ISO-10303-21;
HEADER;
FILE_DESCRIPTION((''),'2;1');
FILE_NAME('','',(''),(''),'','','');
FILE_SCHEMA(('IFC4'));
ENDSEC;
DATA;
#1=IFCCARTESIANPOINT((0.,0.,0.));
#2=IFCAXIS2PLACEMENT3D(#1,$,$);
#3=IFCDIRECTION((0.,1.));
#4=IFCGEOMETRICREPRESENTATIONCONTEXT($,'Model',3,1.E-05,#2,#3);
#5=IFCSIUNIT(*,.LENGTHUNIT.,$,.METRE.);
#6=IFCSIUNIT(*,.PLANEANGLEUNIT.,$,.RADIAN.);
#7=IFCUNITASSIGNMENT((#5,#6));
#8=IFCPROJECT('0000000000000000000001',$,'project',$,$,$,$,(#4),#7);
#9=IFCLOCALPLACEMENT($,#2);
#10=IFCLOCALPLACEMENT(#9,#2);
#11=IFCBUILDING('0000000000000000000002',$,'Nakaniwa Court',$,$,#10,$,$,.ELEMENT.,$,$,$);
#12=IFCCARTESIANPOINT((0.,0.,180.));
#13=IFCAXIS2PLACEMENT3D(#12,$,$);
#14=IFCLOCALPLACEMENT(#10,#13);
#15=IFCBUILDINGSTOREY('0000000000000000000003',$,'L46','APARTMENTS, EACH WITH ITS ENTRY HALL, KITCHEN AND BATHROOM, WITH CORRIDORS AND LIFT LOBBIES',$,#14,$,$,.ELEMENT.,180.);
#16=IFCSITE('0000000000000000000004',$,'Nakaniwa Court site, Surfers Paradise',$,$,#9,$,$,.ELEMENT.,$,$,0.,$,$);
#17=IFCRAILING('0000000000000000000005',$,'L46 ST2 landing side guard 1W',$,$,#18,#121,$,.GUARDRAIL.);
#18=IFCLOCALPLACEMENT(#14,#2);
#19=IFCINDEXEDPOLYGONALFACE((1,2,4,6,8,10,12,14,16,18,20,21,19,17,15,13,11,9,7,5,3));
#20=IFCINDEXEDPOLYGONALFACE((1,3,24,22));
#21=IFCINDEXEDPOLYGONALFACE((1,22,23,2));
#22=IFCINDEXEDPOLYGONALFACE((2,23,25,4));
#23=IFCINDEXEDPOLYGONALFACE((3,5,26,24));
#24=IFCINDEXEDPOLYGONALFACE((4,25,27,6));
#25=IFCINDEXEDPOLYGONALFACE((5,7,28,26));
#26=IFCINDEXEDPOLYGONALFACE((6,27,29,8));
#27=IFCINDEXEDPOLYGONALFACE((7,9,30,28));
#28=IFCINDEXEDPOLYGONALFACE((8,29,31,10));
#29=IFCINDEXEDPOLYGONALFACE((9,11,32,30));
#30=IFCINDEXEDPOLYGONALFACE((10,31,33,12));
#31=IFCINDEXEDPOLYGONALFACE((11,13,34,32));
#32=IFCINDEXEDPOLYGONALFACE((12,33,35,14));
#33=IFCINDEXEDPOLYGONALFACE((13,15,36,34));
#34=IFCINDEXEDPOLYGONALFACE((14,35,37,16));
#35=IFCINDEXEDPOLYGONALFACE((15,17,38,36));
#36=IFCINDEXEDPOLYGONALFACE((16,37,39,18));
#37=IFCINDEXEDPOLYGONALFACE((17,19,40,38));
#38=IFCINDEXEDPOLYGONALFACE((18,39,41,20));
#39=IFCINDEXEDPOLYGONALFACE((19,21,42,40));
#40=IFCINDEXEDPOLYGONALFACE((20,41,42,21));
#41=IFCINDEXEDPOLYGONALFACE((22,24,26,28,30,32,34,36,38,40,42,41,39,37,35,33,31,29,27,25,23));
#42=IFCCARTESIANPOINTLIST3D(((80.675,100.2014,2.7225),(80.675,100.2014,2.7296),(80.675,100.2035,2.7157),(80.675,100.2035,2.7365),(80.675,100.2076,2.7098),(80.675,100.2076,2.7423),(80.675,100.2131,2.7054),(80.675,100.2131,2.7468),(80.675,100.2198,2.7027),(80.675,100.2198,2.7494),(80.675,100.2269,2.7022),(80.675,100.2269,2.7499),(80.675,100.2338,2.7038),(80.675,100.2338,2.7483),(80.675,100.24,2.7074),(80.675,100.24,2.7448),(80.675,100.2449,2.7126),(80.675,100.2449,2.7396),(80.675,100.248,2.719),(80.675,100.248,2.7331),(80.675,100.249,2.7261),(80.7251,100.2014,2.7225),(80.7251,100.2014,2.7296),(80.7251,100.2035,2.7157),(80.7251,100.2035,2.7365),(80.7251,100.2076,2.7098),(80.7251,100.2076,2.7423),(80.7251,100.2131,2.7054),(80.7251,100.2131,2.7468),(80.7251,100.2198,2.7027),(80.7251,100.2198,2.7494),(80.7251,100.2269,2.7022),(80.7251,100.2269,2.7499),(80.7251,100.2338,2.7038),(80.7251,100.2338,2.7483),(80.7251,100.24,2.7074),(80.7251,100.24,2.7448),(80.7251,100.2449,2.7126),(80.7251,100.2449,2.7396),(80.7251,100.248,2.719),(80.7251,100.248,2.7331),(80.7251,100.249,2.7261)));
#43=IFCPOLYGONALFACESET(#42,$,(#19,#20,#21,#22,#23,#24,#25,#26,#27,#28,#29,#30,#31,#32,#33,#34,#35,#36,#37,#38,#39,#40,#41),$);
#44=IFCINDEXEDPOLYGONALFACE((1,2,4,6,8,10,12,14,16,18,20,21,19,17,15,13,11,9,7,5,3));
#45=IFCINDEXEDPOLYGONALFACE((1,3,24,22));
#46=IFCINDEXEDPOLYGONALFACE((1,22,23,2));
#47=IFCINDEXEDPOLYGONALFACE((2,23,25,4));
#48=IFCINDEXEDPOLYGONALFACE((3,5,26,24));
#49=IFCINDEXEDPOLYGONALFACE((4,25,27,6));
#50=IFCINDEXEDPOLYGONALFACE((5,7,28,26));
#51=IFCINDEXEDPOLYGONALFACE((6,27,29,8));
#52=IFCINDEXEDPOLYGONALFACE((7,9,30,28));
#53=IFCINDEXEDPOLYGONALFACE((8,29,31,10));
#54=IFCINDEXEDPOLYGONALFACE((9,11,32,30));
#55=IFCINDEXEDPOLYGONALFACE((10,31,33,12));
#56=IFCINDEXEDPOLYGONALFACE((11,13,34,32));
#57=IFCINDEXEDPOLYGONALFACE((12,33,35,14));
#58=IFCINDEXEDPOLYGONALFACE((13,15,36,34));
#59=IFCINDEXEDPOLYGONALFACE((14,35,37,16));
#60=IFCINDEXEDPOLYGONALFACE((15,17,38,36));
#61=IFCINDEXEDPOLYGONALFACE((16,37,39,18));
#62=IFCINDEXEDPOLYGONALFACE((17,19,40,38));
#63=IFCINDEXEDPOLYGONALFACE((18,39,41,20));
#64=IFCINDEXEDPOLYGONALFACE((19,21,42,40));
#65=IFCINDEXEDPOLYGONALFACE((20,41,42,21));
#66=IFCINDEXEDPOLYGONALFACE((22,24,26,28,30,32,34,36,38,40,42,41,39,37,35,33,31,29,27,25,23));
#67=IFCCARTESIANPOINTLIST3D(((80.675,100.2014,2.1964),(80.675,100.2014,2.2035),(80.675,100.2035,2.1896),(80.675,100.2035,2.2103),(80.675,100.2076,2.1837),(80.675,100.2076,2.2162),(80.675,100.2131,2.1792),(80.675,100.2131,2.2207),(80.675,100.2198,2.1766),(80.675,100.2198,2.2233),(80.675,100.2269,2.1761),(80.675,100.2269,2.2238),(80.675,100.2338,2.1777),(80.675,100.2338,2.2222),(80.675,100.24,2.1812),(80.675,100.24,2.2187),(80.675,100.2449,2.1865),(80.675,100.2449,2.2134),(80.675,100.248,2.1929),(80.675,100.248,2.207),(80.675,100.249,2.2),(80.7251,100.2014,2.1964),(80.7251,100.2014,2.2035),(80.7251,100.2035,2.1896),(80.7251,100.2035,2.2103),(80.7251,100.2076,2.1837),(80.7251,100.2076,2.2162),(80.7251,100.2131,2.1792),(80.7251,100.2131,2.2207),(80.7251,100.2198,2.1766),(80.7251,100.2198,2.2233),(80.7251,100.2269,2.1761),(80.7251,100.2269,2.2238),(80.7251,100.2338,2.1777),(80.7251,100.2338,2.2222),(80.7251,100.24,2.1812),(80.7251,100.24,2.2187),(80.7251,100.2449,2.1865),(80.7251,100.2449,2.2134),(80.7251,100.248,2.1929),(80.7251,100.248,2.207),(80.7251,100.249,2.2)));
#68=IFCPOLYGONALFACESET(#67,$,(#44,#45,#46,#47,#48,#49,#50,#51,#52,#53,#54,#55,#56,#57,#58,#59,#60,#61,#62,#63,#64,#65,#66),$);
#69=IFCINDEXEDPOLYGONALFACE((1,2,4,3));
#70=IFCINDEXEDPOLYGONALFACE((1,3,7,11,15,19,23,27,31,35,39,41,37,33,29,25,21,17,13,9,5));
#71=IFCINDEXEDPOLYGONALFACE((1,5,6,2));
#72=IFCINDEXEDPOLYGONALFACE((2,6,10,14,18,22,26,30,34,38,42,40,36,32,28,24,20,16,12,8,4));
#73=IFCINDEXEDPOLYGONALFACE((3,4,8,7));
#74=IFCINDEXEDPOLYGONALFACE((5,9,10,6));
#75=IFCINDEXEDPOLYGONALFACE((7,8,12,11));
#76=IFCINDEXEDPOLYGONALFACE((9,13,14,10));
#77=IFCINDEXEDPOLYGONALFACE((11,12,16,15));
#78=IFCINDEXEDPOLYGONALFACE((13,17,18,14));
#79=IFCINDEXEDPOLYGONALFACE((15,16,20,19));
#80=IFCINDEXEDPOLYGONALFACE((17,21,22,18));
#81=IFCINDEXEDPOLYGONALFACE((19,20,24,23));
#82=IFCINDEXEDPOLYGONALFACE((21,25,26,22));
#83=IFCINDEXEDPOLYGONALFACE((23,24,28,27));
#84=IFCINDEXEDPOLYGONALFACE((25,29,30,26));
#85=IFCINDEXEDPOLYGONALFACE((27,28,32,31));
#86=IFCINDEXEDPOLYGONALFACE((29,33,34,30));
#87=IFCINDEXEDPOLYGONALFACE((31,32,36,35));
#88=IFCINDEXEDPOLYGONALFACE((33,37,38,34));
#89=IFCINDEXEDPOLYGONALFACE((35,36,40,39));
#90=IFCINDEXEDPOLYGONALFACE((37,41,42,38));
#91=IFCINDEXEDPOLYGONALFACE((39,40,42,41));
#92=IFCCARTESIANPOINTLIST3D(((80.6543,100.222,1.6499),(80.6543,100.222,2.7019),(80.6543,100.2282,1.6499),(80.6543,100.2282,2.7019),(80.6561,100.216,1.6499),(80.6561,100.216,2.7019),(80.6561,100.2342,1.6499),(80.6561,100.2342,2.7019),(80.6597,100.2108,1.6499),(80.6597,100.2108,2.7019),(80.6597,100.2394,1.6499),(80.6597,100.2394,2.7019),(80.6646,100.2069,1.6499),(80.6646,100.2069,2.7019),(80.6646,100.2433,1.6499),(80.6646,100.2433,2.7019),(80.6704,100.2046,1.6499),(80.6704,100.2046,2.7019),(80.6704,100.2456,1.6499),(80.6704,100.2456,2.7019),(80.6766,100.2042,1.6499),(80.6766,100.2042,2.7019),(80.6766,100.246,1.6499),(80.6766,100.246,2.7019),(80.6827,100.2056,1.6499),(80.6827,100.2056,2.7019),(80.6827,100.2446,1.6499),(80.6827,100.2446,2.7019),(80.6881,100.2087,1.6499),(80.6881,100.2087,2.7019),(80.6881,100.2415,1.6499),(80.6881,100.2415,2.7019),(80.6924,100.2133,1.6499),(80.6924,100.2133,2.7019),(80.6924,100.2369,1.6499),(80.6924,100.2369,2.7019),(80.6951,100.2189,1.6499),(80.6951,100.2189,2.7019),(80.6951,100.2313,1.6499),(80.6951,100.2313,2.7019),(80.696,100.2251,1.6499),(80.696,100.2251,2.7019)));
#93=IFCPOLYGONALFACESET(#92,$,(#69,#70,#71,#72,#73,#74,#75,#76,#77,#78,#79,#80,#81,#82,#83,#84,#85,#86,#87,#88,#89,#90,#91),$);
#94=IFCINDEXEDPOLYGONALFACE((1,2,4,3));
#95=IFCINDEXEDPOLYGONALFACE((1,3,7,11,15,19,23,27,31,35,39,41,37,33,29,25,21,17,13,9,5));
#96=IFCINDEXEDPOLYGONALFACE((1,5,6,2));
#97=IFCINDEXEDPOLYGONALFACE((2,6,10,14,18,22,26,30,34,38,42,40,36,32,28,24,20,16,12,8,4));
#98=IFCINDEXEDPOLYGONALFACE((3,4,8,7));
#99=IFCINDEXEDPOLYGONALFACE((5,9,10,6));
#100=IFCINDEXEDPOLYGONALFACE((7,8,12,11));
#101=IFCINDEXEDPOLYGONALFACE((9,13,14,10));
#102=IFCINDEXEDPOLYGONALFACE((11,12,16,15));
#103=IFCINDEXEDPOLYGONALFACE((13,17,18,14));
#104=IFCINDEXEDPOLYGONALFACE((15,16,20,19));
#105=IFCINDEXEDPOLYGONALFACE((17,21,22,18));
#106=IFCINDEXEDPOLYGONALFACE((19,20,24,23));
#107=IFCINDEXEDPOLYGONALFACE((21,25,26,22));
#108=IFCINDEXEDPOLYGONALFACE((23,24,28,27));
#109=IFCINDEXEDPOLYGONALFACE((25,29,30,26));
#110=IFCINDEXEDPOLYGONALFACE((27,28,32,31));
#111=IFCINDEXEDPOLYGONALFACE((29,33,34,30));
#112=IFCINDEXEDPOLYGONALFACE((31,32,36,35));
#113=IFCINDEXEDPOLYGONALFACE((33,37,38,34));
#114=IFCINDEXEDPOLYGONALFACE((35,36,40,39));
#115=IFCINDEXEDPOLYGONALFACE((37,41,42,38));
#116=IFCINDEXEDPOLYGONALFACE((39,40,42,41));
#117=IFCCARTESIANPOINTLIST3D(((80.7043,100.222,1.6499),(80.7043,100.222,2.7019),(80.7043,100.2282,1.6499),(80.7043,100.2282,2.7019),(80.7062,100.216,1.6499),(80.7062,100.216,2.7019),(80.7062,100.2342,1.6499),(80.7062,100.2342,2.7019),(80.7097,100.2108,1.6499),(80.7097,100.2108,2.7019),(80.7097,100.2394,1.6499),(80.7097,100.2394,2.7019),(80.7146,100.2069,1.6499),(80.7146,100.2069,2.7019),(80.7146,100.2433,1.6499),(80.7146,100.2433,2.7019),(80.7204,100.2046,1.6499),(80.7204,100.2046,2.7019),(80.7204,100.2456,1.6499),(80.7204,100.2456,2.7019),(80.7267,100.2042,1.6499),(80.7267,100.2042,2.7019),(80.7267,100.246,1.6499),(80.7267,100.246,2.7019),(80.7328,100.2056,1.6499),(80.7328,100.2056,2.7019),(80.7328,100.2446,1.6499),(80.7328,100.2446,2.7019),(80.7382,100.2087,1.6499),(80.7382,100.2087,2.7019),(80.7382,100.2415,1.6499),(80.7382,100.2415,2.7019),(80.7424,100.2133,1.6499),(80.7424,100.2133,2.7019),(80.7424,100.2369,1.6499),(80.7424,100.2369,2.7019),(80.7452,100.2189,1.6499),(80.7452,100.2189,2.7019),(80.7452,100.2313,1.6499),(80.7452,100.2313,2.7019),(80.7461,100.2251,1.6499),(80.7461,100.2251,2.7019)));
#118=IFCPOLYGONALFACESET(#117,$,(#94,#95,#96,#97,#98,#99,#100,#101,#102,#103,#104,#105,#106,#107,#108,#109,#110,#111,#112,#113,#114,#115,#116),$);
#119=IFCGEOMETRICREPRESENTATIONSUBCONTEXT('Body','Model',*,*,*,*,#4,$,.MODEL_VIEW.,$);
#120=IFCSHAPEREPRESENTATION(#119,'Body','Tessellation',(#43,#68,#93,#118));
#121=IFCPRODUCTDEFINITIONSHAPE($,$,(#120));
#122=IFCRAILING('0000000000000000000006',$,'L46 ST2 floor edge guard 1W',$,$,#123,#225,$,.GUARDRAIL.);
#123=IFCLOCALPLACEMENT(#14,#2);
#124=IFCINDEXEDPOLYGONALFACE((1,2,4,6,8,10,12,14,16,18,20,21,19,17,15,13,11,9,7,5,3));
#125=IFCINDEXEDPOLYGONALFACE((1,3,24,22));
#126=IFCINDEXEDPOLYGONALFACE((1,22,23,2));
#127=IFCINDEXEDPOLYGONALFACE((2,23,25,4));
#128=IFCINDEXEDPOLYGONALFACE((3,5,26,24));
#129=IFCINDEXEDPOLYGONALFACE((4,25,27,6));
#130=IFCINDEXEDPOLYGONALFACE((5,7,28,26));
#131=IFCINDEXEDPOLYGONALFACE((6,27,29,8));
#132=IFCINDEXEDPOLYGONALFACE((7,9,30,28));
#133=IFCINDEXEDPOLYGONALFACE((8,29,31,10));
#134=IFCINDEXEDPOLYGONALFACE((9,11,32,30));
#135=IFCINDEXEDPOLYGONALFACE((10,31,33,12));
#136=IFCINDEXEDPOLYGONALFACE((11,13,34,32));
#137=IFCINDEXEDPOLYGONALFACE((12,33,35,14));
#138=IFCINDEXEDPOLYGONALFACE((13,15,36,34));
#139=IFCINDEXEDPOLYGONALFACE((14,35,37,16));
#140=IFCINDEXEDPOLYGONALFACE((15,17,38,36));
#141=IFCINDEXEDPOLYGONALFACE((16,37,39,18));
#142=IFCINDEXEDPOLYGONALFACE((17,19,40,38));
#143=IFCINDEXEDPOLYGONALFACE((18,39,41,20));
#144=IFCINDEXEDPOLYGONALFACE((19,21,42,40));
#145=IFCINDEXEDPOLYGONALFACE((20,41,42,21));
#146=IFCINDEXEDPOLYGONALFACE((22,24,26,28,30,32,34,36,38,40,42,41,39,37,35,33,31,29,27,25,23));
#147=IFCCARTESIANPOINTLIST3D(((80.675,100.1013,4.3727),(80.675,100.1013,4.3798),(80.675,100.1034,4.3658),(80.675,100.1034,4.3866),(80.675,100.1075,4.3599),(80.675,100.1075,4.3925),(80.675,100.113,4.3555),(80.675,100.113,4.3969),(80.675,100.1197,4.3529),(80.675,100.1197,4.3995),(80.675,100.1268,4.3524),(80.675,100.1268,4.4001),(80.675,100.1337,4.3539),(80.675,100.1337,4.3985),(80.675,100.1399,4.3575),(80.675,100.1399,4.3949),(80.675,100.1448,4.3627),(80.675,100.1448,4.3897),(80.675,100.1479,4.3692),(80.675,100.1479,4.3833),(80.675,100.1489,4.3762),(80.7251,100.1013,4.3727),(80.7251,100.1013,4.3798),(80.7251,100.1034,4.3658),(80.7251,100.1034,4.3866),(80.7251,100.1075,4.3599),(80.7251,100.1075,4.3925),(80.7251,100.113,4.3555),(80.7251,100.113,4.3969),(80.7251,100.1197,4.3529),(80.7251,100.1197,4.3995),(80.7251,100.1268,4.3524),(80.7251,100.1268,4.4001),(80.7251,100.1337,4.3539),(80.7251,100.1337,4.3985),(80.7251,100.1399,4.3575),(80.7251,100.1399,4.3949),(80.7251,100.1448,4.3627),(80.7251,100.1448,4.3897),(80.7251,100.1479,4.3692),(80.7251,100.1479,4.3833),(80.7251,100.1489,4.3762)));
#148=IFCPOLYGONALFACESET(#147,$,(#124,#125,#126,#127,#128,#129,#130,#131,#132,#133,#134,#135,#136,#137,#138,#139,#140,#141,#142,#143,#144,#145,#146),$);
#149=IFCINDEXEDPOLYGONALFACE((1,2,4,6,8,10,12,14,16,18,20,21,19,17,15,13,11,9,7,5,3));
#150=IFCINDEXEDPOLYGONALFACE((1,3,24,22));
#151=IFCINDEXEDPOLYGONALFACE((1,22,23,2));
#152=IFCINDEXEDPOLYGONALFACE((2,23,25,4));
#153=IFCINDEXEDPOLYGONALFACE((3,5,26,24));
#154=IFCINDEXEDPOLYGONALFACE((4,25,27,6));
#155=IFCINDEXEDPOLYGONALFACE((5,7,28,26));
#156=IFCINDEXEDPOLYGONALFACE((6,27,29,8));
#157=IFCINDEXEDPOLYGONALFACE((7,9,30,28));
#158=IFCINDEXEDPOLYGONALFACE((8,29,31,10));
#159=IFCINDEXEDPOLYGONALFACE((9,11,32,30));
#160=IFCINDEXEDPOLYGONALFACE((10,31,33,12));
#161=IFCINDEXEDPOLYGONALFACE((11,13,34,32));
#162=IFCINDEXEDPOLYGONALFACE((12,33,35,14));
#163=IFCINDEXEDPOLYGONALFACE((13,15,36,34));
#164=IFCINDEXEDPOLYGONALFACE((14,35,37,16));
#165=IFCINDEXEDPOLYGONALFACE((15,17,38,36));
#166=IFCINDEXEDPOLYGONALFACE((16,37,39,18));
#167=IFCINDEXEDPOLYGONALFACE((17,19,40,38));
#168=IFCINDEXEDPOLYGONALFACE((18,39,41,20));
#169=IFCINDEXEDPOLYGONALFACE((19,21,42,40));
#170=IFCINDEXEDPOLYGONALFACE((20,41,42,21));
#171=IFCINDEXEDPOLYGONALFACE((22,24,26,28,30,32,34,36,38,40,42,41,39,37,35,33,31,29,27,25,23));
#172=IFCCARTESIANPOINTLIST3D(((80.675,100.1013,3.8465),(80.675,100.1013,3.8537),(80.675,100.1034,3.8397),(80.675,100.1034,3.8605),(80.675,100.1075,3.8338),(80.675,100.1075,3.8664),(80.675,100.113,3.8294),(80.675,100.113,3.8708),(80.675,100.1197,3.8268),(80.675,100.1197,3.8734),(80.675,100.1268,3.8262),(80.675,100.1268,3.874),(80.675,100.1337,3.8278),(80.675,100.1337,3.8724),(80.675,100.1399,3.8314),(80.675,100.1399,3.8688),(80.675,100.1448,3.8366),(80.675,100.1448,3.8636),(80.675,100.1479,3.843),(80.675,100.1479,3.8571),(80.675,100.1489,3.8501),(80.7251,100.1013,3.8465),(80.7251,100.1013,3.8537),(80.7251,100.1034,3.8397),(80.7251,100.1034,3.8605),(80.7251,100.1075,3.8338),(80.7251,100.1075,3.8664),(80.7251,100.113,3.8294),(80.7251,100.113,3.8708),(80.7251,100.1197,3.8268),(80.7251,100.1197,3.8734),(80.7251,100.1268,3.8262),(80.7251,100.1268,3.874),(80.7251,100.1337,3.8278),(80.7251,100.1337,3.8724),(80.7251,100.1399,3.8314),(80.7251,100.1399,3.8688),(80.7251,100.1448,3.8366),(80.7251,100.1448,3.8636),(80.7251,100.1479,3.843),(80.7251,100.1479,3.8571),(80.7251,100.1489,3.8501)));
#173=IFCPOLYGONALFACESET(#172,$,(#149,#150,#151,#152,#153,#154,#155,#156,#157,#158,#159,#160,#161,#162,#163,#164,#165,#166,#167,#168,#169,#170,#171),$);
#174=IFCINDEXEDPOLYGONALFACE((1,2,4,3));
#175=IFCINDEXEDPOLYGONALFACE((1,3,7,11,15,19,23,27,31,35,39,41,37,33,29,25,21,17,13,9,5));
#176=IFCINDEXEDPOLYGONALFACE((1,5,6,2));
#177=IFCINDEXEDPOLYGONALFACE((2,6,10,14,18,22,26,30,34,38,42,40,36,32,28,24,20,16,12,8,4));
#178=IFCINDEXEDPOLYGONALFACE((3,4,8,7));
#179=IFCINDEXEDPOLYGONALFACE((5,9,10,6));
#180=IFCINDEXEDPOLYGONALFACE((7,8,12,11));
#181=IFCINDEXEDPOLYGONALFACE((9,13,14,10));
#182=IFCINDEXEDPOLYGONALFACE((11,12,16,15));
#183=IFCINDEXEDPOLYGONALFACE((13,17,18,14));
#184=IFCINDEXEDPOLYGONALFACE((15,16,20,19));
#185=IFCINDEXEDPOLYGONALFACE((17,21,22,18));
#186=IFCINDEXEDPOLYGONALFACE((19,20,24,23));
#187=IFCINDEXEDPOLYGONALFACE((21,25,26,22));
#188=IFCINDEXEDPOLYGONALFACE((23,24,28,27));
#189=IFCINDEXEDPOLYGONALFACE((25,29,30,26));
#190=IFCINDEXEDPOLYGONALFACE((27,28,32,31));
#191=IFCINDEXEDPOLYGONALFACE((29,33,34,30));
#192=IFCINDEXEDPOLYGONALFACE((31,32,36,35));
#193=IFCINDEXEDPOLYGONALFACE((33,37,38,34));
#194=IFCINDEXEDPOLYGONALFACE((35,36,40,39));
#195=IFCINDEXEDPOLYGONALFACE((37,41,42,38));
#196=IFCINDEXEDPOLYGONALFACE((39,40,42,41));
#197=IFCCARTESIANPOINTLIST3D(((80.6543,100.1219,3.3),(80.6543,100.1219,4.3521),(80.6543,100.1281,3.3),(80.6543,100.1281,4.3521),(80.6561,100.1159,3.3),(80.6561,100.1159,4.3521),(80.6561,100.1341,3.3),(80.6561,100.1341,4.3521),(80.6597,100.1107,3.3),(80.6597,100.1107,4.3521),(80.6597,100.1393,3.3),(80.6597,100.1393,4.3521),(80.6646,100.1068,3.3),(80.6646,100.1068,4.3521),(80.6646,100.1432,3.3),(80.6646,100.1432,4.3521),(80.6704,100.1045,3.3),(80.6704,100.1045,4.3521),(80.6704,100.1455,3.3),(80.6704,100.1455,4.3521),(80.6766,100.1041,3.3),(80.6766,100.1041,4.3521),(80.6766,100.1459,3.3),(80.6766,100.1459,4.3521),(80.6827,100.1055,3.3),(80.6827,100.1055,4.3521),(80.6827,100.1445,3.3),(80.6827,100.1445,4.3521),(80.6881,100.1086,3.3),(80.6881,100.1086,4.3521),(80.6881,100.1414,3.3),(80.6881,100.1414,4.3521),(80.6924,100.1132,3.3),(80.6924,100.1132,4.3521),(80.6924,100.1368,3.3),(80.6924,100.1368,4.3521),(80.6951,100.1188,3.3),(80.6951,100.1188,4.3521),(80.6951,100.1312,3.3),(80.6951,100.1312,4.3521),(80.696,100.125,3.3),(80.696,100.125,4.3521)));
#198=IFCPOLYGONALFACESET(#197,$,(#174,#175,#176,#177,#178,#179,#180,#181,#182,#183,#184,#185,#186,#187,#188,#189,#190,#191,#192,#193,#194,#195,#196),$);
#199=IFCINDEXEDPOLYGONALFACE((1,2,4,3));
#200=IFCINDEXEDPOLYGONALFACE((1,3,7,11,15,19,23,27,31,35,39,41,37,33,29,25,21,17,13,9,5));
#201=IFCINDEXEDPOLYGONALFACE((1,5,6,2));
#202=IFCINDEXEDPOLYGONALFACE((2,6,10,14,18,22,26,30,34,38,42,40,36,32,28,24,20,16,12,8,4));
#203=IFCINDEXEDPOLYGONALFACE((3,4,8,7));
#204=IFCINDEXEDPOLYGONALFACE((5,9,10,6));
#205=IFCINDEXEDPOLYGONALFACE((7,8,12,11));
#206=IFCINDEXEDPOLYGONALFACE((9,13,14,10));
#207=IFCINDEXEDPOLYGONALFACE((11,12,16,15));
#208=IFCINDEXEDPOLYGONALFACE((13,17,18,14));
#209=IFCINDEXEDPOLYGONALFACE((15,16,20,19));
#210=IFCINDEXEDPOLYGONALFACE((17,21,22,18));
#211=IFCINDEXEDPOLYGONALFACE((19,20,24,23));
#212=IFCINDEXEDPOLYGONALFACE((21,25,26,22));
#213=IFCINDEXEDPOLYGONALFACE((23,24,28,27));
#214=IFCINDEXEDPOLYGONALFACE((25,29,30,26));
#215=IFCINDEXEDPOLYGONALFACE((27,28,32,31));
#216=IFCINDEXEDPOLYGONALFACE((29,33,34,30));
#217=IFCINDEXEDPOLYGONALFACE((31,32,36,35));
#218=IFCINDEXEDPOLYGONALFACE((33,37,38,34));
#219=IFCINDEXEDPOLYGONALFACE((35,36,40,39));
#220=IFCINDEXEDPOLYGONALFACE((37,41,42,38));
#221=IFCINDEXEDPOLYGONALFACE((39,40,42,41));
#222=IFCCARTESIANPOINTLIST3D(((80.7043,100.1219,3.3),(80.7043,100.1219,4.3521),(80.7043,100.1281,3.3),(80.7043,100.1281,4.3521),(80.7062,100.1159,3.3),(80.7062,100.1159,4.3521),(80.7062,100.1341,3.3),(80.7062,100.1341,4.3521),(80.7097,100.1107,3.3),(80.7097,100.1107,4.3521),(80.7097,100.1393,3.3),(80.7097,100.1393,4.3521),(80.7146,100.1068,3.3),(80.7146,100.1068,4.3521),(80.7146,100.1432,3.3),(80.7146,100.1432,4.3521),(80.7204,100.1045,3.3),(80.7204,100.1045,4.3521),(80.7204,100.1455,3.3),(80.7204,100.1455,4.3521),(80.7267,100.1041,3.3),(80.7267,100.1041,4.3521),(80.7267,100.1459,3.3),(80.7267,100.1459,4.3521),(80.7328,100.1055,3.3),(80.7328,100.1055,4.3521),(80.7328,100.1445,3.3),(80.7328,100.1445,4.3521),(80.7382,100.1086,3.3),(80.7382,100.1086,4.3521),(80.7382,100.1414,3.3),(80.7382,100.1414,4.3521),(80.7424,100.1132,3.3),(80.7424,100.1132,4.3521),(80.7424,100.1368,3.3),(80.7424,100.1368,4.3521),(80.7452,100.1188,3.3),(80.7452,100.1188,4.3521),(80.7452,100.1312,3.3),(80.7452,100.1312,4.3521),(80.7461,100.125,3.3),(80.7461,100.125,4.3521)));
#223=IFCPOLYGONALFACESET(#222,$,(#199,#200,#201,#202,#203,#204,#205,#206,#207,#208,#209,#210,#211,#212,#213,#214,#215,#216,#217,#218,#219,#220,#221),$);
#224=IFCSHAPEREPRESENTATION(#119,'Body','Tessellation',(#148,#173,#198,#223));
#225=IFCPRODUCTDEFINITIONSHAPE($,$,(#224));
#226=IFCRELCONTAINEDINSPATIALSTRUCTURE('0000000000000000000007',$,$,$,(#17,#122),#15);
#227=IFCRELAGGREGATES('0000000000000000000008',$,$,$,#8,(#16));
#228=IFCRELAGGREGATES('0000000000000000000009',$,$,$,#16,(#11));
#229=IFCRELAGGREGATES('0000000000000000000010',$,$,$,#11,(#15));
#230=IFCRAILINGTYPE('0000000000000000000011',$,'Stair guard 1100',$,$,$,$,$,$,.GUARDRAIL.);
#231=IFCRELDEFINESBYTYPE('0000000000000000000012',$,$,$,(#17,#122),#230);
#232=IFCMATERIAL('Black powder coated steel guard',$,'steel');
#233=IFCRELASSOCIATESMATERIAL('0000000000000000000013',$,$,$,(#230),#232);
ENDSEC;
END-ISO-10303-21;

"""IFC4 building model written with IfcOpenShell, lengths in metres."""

from ifc_helpers import new_model, si_unit, direction, frame, origin, origin_2d, place, context, subcontext, project, spatial, circle, extrude, material, type_object, element, save


model = new_model("IFC4")

# Units and contexts
model_context = context("Model", 3, precision=1e-05, world=origin(), true_north=direction((0.0, 1.0)))
body_context = subcontext(model_context, "Body", "Model", "MODEL_VIEW")
ifc_project = project(units=[si_unit("LENGTHUNIT", "METRE"), si_unit("PLANEANGLEUNIT", "RADIAN")], contexts=[model_context])

# Site, building, storey
site_placement = place(None, origin())
site = spatial("IfcSite", under=ifc_project, at=site_placement, Name="Nakaniwa Court site, Surfers Paradise", CompositionType="ELEMENT", RefElevation=0.0)
building_placement = place(site_placement, origin())
building = spatial("IfcBuilding", under=site, at=building_placement, Name="Nakaniwa Court", CompositionType="ELEMENT")
storey_placement = place(building_placement, frame((0.0, 0.0, 180.0)))
storey = spatial("IfcBuildingStorey", under=building, at=storey_placement, Name="L46", Description="APARTMENTS, EACH WITH ITS ENTRY HALL, KITCHEN AND BATHROOM, WITH CORRIDORS AND LIFT LOBBIES", CompositionType="ELEMENT", Elevation=180.0)

# Railings
ifc_material_1 = material(Name="Black powder coated steel guard", Category="steel")
railing_type_1 = type_object("IfcRailingType", Name="Stair guard 1100", PredefinedType="GUARDRAIL", material=ifc_material_1)
for number, where, name in (
    (1, (80.675, 100.2251, 1.6499), "L46 ST2 landing side guard 1W"),
    (2, (80.675, 100.125, 3.3), "L46 ST2 floor edge guard 1W"),
):
    element("IfcRailing", number, at=place(storey_placement, frame(where)), inside=storey, type_object=railing_type_1, Name=name, PredefinedType="GUARDRAIL", context=body_context, shape_type="SweptSolid", body=[
        extrude(circle(Radius=0.0239, at=origin_2d()), frame((0.0, 0.0, 1.0762), z_axis=(1.0, 0.0, 0.0), x_axis=(0.0, 1.0, 0.0)), (0.0, 0.0, 1.0), 0.05),
        extrude(circle(Radius=0.0239, at=origin_2d()), frame((0.0, 0.0, 0.55), z_axis=(1.0, 0.0, 0.0), x_axis=(0.0, 1.0, 0.0)), (0.0, 0.0, 1.0), 0.05),
        extrude(circle(Radius=0.021, at=origin_2d()), origin(), (0.0, 0.0, 1.0), 1.052),
        extrude(circle(Radius=0.021, at=origin_2d()), frame((0.05, 0.0, 0.0)), (0.0, 0.0, 1.0), 1.052),
    ])

save(model, "model.ifc")
